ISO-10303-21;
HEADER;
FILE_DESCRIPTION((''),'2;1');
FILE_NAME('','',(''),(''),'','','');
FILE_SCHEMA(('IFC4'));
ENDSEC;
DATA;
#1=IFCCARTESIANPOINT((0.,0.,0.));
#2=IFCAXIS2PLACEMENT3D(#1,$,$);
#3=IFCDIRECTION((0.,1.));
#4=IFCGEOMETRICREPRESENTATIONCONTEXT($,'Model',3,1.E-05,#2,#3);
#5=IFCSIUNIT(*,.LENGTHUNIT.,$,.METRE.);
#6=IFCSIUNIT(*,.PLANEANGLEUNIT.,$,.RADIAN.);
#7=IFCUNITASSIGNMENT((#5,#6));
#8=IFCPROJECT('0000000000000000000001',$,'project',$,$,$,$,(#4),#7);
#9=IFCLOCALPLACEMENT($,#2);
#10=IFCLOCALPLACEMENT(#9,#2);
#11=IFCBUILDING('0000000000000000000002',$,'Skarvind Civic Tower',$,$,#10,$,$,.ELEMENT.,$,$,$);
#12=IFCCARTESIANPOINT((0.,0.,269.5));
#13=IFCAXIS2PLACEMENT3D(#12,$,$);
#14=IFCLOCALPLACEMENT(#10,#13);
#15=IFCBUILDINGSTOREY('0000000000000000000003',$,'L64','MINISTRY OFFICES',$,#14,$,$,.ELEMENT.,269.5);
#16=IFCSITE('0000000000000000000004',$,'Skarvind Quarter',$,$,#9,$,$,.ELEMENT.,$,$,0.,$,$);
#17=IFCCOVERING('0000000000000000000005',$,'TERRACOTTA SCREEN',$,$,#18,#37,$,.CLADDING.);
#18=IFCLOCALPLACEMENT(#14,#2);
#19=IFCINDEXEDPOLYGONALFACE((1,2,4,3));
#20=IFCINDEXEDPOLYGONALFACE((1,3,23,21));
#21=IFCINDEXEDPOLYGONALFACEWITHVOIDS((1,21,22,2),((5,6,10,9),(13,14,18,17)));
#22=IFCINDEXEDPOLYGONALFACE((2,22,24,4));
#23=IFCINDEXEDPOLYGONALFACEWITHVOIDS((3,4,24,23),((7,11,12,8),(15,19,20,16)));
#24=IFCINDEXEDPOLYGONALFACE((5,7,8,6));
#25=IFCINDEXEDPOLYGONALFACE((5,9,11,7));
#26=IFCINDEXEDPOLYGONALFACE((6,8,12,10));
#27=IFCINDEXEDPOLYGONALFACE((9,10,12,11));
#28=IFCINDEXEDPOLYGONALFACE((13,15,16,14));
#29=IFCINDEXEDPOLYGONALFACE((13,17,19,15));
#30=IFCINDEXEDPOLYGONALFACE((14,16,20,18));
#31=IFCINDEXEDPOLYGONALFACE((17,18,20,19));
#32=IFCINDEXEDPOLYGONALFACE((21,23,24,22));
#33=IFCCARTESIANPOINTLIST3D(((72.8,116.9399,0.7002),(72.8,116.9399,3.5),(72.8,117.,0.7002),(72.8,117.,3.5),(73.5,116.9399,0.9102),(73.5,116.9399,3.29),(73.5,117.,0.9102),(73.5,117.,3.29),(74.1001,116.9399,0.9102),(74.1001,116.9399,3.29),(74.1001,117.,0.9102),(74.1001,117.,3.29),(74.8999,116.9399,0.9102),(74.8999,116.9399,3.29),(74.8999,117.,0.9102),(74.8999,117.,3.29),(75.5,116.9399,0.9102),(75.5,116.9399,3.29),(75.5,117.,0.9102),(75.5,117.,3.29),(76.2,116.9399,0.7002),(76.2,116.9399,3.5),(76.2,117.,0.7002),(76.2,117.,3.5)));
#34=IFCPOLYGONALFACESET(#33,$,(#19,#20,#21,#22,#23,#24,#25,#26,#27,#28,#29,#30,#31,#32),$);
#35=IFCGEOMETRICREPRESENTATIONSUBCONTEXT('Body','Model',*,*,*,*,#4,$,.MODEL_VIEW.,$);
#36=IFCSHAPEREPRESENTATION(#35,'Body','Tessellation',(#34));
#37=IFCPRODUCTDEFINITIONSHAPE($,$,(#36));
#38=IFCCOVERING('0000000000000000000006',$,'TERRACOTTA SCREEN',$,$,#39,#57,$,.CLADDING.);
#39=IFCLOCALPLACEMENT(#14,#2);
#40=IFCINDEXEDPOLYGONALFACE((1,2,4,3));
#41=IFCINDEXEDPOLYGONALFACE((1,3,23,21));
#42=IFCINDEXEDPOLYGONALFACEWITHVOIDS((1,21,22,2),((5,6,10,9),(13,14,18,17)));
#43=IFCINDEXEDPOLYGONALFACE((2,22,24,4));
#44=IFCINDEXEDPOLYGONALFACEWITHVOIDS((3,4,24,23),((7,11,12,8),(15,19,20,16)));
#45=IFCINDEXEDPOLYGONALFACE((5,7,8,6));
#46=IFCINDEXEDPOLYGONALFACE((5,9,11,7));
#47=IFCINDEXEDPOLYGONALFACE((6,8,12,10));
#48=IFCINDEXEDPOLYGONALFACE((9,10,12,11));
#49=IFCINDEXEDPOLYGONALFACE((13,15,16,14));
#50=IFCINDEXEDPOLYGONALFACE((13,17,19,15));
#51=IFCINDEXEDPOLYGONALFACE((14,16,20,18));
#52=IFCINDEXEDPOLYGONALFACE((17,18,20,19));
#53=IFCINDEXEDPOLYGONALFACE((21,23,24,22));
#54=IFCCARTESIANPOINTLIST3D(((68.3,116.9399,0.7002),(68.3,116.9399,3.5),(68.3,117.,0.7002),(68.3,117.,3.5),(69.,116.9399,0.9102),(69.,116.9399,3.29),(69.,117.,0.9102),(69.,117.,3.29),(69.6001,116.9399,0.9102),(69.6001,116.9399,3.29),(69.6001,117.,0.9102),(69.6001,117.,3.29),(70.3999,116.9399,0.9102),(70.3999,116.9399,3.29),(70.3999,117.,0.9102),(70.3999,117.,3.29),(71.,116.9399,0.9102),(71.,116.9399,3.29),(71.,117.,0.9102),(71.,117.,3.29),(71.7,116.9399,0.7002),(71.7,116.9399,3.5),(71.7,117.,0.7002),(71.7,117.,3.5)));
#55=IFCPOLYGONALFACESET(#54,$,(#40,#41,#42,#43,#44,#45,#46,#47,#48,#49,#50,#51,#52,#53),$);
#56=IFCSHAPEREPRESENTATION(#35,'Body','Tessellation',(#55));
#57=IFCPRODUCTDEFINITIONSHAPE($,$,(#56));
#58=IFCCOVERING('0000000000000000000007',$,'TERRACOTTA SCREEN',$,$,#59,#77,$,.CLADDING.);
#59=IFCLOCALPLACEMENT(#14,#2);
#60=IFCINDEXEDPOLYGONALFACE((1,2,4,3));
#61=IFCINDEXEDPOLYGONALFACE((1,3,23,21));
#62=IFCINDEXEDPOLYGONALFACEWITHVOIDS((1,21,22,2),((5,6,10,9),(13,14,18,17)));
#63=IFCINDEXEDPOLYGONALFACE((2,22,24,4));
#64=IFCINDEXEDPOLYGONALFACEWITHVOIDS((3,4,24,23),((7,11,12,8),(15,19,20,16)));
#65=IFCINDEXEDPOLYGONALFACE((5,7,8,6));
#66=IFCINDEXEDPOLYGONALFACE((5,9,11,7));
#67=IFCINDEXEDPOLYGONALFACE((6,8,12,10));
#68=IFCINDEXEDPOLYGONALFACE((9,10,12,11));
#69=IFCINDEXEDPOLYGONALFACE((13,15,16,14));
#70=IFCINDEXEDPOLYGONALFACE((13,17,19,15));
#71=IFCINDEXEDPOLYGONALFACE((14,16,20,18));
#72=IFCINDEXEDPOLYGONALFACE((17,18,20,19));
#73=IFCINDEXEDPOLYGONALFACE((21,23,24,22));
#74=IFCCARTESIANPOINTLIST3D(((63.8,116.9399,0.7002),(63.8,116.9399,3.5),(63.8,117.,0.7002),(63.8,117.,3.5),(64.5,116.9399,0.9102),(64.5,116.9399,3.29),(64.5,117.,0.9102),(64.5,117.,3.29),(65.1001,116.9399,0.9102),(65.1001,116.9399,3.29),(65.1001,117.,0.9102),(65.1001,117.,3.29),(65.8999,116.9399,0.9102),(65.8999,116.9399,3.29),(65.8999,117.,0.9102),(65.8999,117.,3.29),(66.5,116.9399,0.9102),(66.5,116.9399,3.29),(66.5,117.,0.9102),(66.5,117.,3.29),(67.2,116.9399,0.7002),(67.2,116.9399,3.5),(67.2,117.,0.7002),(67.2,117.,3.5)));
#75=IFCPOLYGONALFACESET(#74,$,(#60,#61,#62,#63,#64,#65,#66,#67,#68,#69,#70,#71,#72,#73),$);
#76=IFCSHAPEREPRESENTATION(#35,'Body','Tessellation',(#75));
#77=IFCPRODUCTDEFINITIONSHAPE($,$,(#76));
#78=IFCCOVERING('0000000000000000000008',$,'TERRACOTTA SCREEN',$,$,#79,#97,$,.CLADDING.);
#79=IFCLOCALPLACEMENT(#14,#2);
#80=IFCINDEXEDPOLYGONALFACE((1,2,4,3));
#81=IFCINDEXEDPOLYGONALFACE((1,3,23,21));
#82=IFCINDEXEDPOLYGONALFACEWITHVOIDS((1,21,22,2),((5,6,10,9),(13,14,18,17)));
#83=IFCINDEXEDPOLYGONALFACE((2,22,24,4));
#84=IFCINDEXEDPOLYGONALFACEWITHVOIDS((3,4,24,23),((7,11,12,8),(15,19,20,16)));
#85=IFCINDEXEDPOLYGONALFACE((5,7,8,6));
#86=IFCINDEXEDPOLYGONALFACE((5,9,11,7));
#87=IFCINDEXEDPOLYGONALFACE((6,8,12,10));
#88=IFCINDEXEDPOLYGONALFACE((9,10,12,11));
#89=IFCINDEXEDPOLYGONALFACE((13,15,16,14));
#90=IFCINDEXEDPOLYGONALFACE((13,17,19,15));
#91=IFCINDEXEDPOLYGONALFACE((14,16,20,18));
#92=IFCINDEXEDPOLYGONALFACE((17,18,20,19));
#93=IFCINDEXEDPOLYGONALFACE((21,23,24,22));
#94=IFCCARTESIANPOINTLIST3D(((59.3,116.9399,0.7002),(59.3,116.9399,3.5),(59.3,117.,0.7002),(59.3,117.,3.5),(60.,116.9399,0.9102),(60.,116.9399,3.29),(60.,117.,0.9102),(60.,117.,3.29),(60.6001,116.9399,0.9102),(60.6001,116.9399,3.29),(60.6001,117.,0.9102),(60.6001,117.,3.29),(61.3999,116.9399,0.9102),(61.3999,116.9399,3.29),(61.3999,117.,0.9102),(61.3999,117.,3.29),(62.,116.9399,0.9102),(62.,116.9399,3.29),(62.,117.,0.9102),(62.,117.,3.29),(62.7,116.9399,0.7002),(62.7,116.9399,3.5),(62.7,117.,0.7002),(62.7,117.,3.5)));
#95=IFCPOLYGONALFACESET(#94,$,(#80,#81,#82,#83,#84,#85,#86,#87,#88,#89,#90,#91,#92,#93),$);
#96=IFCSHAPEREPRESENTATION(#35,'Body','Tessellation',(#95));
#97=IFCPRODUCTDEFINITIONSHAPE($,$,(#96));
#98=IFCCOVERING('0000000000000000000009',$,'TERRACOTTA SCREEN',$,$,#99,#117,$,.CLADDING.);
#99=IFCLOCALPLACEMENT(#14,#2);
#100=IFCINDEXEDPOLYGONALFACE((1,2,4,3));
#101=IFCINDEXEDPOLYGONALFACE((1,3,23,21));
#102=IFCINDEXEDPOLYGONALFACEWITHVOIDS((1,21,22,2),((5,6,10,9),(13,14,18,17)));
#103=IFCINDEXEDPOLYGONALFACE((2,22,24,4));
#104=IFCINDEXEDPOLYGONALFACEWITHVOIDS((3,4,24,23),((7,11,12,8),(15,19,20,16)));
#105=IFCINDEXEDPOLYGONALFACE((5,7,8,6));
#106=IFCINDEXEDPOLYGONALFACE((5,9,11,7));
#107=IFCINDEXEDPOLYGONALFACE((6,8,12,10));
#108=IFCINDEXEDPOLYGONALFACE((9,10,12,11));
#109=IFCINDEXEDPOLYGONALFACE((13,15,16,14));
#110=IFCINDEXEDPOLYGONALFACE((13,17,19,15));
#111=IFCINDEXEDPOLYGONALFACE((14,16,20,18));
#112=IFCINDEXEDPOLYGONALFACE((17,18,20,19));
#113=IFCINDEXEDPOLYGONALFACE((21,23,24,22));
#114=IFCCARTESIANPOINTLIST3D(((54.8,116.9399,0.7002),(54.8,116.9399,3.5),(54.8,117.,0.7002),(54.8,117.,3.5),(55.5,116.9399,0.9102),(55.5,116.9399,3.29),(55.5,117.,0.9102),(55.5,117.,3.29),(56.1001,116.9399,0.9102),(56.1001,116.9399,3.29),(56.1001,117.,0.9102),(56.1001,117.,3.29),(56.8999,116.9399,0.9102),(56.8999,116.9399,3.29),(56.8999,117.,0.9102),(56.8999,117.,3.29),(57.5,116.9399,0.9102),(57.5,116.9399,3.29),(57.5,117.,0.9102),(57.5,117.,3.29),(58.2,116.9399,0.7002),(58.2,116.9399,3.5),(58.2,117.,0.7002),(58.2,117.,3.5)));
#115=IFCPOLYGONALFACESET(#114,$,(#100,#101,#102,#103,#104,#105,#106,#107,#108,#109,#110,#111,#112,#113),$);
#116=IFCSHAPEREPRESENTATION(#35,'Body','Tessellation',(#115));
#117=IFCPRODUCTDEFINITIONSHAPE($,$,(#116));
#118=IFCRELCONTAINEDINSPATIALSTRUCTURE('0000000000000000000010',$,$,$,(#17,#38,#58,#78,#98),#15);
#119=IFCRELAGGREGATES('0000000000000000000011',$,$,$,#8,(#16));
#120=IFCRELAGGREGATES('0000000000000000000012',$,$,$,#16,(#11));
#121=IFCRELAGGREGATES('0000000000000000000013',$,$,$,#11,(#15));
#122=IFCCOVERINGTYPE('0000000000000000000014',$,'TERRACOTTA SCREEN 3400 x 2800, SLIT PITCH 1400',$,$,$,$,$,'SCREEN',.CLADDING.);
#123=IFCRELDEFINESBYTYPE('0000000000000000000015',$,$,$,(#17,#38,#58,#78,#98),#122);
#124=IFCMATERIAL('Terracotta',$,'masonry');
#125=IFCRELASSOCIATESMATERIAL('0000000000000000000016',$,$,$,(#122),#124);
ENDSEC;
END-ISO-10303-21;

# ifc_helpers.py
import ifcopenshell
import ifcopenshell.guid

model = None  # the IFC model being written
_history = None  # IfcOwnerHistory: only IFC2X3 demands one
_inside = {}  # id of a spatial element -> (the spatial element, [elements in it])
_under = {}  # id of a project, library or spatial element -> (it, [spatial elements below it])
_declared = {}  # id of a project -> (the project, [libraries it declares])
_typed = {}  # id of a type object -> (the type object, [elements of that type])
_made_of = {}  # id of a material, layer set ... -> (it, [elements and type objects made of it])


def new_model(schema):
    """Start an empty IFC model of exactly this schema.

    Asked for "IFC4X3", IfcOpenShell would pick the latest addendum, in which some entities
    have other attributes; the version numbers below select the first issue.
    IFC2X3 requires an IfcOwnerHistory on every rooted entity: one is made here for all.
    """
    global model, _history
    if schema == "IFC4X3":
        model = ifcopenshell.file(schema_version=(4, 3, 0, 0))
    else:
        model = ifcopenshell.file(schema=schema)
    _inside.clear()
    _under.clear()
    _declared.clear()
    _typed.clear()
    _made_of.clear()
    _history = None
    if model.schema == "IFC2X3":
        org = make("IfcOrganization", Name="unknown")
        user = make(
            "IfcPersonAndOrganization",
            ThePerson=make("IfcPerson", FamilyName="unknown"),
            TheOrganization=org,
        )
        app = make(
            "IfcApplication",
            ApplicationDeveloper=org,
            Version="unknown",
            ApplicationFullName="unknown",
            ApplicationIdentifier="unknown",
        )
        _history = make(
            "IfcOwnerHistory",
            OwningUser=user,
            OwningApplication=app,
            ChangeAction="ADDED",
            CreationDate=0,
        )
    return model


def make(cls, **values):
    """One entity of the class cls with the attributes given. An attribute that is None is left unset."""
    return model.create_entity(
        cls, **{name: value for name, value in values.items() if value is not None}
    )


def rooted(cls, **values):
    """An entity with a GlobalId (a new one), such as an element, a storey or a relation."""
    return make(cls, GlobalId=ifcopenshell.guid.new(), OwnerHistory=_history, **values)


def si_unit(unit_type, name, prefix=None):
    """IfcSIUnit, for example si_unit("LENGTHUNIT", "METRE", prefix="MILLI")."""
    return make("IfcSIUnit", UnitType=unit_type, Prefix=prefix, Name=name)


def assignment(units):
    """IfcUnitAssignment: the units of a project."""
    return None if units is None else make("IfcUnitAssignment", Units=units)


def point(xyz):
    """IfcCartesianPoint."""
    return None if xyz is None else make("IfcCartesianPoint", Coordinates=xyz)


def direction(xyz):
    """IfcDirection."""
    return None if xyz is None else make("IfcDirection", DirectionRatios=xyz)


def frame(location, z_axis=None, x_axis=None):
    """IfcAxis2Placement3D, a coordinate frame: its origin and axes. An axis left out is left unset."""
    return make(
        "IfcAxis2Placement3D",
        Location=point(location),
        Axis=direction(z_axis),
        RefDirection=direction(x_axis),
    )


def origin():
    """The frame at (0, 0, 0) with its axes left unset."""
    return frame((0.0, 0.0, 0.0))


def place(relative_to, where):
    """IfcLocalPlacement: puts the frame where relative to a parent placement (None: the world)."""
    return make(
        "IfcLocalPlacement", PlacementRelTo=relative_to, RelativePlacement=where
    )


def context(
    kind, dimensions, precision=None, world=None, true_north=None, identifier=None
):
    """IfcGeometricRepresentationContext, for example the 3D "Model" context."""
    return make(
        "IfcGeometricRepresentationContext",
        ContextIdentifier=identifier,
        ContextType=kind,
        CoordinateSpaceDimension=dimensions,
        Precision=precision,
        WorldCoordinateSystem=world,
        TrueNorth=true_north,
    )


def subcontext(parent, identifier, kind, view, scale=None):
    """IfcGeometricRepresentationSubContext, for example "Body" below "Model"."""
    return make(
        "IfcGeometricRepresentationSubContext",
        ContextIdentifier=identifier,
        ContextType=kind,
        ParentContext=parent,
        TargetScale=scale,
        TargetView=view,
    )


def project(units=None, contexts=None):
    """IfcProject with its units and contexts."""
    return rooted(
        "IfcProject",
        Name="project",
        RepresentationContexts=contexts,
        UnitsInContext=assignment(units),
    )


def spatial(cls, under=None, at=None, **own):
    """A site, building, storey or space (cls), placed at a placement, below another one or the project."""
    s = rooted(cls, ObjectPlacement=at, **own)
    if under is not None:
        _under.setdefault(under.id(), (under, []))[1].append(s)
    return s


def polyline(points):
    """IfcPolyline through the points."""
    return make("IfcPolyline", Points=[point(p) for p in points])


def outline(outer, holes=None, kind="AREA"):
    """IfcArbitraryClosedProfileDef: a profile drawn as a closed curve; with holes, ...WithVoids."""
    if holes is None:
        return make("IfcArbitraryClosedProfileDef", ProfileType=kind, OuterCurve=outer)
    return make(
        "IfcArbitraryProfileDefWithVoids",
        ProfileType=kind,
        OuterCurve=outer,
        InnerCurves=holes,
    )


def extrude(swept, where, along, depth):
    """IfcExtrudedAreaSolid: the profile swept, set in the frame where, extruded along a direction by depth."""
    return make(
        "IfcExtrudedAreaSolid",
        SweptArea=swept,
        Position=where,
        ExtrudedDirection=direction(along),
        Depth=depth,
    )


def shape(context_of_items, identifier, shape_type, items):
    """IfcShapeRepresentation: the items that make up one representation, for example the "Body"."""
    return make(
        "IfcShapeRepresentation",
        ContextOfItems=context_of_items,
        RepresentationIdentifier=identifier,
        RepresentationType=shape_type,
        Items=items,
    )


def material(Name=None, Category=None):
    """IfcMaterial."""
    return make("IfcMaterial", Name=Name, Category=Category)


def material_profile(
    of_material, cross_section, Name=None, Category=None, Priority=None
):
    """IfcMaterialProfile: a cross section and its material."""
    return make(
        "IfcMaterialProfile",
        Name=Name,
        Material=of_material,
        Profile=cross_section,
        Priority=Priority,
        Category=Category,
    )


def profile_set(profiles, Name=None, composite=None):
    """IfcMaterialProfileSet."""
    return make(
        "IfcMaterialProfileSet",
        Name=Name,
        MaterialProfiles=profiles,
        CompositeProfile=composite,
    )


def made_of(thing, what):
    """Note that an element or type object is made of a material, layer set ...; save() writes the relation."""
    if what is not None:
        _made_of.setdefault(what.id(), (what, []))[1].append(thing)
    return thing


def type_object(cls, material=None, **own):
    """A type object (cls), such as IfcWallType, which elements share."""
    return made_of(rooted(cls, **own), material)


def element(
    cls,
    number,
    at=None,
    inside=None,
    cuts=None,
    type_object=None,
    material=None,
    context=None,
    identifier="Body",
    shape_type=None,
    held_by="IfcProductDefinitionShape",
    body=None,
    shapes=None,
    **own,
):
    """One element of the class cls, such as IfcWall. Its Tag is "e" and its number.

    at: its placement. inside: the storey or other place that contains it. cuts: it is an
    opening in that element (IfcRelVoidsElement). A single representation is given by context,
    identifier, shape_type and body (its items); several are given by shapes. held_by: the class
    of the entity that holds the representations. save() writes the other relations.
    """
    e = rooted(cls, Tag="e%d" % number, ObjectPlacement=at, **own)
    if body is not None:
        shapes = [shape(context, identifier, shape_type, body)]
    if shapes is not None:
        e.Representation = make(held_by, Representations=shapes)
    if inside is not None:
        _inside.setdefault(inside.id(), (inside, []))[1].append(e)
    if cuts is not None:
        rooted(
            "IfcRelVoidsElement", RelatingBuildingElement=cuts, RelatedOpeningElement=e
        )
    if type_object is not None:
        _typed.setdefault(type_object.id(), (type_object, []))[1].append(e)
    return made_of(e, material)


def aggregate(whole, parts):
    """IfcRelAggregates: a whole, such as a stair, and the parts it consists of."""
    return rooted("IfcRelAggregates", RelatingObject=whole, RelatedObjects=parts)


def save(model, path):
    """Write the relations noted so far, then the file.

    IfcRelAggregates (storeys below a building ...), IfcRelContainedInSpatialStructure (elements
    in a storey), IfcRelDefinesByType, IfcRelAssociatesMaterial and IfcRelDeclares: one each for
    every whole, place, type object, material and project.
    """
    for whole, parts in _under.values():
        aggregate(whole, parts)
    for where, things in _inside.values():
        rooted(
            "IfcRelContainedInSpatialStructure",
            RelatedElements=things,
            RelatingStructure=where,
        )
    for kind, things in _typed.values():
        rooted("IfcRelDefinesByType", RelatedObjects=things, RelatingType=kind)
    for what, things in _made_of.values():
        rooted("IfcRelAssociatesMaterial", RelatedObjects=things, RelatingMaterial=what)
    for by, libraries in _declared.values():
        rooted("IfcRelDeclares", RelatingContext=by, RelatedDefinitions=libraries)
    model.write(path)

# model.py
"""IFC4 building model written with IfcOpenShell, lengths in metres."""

from ifc_helpers import new_model, si_unit, direction, frame, origin, place, context, subcontext, project, spatial, polyline, outline, extrude, material, material_profile, profile_set, type_object, element, save


model = new_model("IFC4")

# Units and contexts
model_context = context("Model", 3, precision=1e-05, world=origin(), true_north=direction((0.0, 1.0)))
body_context = subcontext(model_context, "Body", "Model", "MODEL_VIEW")
ifc_project = project(units=[si_unit("LENGTHUNIT", "METRE"), si_unit("PLANEANGLEUNIT", "RADIAN")], contexts=[model_context])

# Site, building, storey
site_placement = place(None, origin())
site = spatial("IfcSite", under=ifc_project, at=site_placement, Name="Skarvind Quarter", CompositionType="ELEMENT", RefElevation=0.0)
building_placement = place(site_placement, origin())
building = spatial("IfcBuilding", under=site, at=building_placement, Name="Skarvind Civic Tower", CompositionType="ELEMENT")
storey_placement = place(building_placement, frame((0.0, 0.0, 269.5)))
storey = spatial("IfcBuildingStorey", under=building, at=storey_placement, Name="L64", Description="MINISTRY OFFICES", CompositionType="ELEMENT", Elevation=269.5)

# Coverings
ifc_material_1 = material(Name="Terracotta", Category="masonry")
ifc_material_profile = material_profile(ifc_material_1, outline(polyline([(-1.7, -1.3999), (1.7, -1.3999), (1.7, 1.3999), (-1.7, 1.3999), (-1.7, -1.3999)]), holes=[polyline([(-1.0, -1.1899), (-0.3999, -1.1899), (-0.3999, 1.1899), (-1.0, 1.1899), (-1.0, -1.1899)]), polyline([(0.3999, -1.1899), (1.0, -1.1899), (1.0, 1.1899), (0.3999, 1.1899), (0.3999, -1.1899)])]), Name="TERRACOTTA SCREEN 3400 x 2800, SLIT PITCH 1400")
ifc_profile_set = profile_set([ifc_material_profile], Name="Terracotta")
covering_type = type_object("IfcCoveringType", Name="TERRACOTTA SCREEN 3400 x 2800, SLIT PITCH 1400", ElementType="SCREEN", PredefinedType="CLADDING", material=ifc_profile_set)
for number, where, z_axis, x_axis, name in (
    (1, (74.5, 117.0, 2.1001), (0.0, -1.0, 0.0), (1.0, 0.0, 0.0), "TERRACOTTA SCREEN"),
    (2, (70.0, 117.0, 2.1001), (0.0, -1.0, 0.0), (1.0, 0.0, 0.0), "TERRACOTTA SCREEN"),
    (3, (65.5, 117.0, 2.1001), (0.0, -1.0, 0.0), (1.0, 0.0, 0.0), "TERRACOTTA SCREEN"),
    (4, (61.0, 117.0, 2.1001), (0.0, -1.0, 0.0), (1.0, 0.0, 0.0), "TERRACOTTA SCREEN"),
    (5, (56.5, 117.0, 2.1001), (0.0, -1.0, 0.0), (1.0, 0.0, 0.0), "TERRACOTTA SCREEN"),
):
    element("IfcCovering", number, at=place(storey_placement, frame(where, z_axis=z_axis, x_axis=x_axis)), inside=storey, type_object=covering_type, Name=name, PredefinedType="CLADDING", context=body_context, shape_type="SweptSolid", body=[
        extrude(outline(polyline([(-1.7, -1.3999), (1.7, -1.3999), (1.7, 1.3999), (-1.7, 1.3999), (-1.7, -1.3999)]), holes=[polyline([(-1.0, -1.1899), (-0.3999, -1.1899), (-0.3999, 1.1899), (-1.0, 1.1899), (-1.0, -1.1899)]), polyline([(0.3999, -1.1899), (1.0, -1.1899), (1.0, 1.1899), (0.3999, 1.1899), (0.3999, -1.1899)])]), origin(), (0.0, 0.0, 1.0), 0.0601),
    ])

save(model, "model.ifc")
